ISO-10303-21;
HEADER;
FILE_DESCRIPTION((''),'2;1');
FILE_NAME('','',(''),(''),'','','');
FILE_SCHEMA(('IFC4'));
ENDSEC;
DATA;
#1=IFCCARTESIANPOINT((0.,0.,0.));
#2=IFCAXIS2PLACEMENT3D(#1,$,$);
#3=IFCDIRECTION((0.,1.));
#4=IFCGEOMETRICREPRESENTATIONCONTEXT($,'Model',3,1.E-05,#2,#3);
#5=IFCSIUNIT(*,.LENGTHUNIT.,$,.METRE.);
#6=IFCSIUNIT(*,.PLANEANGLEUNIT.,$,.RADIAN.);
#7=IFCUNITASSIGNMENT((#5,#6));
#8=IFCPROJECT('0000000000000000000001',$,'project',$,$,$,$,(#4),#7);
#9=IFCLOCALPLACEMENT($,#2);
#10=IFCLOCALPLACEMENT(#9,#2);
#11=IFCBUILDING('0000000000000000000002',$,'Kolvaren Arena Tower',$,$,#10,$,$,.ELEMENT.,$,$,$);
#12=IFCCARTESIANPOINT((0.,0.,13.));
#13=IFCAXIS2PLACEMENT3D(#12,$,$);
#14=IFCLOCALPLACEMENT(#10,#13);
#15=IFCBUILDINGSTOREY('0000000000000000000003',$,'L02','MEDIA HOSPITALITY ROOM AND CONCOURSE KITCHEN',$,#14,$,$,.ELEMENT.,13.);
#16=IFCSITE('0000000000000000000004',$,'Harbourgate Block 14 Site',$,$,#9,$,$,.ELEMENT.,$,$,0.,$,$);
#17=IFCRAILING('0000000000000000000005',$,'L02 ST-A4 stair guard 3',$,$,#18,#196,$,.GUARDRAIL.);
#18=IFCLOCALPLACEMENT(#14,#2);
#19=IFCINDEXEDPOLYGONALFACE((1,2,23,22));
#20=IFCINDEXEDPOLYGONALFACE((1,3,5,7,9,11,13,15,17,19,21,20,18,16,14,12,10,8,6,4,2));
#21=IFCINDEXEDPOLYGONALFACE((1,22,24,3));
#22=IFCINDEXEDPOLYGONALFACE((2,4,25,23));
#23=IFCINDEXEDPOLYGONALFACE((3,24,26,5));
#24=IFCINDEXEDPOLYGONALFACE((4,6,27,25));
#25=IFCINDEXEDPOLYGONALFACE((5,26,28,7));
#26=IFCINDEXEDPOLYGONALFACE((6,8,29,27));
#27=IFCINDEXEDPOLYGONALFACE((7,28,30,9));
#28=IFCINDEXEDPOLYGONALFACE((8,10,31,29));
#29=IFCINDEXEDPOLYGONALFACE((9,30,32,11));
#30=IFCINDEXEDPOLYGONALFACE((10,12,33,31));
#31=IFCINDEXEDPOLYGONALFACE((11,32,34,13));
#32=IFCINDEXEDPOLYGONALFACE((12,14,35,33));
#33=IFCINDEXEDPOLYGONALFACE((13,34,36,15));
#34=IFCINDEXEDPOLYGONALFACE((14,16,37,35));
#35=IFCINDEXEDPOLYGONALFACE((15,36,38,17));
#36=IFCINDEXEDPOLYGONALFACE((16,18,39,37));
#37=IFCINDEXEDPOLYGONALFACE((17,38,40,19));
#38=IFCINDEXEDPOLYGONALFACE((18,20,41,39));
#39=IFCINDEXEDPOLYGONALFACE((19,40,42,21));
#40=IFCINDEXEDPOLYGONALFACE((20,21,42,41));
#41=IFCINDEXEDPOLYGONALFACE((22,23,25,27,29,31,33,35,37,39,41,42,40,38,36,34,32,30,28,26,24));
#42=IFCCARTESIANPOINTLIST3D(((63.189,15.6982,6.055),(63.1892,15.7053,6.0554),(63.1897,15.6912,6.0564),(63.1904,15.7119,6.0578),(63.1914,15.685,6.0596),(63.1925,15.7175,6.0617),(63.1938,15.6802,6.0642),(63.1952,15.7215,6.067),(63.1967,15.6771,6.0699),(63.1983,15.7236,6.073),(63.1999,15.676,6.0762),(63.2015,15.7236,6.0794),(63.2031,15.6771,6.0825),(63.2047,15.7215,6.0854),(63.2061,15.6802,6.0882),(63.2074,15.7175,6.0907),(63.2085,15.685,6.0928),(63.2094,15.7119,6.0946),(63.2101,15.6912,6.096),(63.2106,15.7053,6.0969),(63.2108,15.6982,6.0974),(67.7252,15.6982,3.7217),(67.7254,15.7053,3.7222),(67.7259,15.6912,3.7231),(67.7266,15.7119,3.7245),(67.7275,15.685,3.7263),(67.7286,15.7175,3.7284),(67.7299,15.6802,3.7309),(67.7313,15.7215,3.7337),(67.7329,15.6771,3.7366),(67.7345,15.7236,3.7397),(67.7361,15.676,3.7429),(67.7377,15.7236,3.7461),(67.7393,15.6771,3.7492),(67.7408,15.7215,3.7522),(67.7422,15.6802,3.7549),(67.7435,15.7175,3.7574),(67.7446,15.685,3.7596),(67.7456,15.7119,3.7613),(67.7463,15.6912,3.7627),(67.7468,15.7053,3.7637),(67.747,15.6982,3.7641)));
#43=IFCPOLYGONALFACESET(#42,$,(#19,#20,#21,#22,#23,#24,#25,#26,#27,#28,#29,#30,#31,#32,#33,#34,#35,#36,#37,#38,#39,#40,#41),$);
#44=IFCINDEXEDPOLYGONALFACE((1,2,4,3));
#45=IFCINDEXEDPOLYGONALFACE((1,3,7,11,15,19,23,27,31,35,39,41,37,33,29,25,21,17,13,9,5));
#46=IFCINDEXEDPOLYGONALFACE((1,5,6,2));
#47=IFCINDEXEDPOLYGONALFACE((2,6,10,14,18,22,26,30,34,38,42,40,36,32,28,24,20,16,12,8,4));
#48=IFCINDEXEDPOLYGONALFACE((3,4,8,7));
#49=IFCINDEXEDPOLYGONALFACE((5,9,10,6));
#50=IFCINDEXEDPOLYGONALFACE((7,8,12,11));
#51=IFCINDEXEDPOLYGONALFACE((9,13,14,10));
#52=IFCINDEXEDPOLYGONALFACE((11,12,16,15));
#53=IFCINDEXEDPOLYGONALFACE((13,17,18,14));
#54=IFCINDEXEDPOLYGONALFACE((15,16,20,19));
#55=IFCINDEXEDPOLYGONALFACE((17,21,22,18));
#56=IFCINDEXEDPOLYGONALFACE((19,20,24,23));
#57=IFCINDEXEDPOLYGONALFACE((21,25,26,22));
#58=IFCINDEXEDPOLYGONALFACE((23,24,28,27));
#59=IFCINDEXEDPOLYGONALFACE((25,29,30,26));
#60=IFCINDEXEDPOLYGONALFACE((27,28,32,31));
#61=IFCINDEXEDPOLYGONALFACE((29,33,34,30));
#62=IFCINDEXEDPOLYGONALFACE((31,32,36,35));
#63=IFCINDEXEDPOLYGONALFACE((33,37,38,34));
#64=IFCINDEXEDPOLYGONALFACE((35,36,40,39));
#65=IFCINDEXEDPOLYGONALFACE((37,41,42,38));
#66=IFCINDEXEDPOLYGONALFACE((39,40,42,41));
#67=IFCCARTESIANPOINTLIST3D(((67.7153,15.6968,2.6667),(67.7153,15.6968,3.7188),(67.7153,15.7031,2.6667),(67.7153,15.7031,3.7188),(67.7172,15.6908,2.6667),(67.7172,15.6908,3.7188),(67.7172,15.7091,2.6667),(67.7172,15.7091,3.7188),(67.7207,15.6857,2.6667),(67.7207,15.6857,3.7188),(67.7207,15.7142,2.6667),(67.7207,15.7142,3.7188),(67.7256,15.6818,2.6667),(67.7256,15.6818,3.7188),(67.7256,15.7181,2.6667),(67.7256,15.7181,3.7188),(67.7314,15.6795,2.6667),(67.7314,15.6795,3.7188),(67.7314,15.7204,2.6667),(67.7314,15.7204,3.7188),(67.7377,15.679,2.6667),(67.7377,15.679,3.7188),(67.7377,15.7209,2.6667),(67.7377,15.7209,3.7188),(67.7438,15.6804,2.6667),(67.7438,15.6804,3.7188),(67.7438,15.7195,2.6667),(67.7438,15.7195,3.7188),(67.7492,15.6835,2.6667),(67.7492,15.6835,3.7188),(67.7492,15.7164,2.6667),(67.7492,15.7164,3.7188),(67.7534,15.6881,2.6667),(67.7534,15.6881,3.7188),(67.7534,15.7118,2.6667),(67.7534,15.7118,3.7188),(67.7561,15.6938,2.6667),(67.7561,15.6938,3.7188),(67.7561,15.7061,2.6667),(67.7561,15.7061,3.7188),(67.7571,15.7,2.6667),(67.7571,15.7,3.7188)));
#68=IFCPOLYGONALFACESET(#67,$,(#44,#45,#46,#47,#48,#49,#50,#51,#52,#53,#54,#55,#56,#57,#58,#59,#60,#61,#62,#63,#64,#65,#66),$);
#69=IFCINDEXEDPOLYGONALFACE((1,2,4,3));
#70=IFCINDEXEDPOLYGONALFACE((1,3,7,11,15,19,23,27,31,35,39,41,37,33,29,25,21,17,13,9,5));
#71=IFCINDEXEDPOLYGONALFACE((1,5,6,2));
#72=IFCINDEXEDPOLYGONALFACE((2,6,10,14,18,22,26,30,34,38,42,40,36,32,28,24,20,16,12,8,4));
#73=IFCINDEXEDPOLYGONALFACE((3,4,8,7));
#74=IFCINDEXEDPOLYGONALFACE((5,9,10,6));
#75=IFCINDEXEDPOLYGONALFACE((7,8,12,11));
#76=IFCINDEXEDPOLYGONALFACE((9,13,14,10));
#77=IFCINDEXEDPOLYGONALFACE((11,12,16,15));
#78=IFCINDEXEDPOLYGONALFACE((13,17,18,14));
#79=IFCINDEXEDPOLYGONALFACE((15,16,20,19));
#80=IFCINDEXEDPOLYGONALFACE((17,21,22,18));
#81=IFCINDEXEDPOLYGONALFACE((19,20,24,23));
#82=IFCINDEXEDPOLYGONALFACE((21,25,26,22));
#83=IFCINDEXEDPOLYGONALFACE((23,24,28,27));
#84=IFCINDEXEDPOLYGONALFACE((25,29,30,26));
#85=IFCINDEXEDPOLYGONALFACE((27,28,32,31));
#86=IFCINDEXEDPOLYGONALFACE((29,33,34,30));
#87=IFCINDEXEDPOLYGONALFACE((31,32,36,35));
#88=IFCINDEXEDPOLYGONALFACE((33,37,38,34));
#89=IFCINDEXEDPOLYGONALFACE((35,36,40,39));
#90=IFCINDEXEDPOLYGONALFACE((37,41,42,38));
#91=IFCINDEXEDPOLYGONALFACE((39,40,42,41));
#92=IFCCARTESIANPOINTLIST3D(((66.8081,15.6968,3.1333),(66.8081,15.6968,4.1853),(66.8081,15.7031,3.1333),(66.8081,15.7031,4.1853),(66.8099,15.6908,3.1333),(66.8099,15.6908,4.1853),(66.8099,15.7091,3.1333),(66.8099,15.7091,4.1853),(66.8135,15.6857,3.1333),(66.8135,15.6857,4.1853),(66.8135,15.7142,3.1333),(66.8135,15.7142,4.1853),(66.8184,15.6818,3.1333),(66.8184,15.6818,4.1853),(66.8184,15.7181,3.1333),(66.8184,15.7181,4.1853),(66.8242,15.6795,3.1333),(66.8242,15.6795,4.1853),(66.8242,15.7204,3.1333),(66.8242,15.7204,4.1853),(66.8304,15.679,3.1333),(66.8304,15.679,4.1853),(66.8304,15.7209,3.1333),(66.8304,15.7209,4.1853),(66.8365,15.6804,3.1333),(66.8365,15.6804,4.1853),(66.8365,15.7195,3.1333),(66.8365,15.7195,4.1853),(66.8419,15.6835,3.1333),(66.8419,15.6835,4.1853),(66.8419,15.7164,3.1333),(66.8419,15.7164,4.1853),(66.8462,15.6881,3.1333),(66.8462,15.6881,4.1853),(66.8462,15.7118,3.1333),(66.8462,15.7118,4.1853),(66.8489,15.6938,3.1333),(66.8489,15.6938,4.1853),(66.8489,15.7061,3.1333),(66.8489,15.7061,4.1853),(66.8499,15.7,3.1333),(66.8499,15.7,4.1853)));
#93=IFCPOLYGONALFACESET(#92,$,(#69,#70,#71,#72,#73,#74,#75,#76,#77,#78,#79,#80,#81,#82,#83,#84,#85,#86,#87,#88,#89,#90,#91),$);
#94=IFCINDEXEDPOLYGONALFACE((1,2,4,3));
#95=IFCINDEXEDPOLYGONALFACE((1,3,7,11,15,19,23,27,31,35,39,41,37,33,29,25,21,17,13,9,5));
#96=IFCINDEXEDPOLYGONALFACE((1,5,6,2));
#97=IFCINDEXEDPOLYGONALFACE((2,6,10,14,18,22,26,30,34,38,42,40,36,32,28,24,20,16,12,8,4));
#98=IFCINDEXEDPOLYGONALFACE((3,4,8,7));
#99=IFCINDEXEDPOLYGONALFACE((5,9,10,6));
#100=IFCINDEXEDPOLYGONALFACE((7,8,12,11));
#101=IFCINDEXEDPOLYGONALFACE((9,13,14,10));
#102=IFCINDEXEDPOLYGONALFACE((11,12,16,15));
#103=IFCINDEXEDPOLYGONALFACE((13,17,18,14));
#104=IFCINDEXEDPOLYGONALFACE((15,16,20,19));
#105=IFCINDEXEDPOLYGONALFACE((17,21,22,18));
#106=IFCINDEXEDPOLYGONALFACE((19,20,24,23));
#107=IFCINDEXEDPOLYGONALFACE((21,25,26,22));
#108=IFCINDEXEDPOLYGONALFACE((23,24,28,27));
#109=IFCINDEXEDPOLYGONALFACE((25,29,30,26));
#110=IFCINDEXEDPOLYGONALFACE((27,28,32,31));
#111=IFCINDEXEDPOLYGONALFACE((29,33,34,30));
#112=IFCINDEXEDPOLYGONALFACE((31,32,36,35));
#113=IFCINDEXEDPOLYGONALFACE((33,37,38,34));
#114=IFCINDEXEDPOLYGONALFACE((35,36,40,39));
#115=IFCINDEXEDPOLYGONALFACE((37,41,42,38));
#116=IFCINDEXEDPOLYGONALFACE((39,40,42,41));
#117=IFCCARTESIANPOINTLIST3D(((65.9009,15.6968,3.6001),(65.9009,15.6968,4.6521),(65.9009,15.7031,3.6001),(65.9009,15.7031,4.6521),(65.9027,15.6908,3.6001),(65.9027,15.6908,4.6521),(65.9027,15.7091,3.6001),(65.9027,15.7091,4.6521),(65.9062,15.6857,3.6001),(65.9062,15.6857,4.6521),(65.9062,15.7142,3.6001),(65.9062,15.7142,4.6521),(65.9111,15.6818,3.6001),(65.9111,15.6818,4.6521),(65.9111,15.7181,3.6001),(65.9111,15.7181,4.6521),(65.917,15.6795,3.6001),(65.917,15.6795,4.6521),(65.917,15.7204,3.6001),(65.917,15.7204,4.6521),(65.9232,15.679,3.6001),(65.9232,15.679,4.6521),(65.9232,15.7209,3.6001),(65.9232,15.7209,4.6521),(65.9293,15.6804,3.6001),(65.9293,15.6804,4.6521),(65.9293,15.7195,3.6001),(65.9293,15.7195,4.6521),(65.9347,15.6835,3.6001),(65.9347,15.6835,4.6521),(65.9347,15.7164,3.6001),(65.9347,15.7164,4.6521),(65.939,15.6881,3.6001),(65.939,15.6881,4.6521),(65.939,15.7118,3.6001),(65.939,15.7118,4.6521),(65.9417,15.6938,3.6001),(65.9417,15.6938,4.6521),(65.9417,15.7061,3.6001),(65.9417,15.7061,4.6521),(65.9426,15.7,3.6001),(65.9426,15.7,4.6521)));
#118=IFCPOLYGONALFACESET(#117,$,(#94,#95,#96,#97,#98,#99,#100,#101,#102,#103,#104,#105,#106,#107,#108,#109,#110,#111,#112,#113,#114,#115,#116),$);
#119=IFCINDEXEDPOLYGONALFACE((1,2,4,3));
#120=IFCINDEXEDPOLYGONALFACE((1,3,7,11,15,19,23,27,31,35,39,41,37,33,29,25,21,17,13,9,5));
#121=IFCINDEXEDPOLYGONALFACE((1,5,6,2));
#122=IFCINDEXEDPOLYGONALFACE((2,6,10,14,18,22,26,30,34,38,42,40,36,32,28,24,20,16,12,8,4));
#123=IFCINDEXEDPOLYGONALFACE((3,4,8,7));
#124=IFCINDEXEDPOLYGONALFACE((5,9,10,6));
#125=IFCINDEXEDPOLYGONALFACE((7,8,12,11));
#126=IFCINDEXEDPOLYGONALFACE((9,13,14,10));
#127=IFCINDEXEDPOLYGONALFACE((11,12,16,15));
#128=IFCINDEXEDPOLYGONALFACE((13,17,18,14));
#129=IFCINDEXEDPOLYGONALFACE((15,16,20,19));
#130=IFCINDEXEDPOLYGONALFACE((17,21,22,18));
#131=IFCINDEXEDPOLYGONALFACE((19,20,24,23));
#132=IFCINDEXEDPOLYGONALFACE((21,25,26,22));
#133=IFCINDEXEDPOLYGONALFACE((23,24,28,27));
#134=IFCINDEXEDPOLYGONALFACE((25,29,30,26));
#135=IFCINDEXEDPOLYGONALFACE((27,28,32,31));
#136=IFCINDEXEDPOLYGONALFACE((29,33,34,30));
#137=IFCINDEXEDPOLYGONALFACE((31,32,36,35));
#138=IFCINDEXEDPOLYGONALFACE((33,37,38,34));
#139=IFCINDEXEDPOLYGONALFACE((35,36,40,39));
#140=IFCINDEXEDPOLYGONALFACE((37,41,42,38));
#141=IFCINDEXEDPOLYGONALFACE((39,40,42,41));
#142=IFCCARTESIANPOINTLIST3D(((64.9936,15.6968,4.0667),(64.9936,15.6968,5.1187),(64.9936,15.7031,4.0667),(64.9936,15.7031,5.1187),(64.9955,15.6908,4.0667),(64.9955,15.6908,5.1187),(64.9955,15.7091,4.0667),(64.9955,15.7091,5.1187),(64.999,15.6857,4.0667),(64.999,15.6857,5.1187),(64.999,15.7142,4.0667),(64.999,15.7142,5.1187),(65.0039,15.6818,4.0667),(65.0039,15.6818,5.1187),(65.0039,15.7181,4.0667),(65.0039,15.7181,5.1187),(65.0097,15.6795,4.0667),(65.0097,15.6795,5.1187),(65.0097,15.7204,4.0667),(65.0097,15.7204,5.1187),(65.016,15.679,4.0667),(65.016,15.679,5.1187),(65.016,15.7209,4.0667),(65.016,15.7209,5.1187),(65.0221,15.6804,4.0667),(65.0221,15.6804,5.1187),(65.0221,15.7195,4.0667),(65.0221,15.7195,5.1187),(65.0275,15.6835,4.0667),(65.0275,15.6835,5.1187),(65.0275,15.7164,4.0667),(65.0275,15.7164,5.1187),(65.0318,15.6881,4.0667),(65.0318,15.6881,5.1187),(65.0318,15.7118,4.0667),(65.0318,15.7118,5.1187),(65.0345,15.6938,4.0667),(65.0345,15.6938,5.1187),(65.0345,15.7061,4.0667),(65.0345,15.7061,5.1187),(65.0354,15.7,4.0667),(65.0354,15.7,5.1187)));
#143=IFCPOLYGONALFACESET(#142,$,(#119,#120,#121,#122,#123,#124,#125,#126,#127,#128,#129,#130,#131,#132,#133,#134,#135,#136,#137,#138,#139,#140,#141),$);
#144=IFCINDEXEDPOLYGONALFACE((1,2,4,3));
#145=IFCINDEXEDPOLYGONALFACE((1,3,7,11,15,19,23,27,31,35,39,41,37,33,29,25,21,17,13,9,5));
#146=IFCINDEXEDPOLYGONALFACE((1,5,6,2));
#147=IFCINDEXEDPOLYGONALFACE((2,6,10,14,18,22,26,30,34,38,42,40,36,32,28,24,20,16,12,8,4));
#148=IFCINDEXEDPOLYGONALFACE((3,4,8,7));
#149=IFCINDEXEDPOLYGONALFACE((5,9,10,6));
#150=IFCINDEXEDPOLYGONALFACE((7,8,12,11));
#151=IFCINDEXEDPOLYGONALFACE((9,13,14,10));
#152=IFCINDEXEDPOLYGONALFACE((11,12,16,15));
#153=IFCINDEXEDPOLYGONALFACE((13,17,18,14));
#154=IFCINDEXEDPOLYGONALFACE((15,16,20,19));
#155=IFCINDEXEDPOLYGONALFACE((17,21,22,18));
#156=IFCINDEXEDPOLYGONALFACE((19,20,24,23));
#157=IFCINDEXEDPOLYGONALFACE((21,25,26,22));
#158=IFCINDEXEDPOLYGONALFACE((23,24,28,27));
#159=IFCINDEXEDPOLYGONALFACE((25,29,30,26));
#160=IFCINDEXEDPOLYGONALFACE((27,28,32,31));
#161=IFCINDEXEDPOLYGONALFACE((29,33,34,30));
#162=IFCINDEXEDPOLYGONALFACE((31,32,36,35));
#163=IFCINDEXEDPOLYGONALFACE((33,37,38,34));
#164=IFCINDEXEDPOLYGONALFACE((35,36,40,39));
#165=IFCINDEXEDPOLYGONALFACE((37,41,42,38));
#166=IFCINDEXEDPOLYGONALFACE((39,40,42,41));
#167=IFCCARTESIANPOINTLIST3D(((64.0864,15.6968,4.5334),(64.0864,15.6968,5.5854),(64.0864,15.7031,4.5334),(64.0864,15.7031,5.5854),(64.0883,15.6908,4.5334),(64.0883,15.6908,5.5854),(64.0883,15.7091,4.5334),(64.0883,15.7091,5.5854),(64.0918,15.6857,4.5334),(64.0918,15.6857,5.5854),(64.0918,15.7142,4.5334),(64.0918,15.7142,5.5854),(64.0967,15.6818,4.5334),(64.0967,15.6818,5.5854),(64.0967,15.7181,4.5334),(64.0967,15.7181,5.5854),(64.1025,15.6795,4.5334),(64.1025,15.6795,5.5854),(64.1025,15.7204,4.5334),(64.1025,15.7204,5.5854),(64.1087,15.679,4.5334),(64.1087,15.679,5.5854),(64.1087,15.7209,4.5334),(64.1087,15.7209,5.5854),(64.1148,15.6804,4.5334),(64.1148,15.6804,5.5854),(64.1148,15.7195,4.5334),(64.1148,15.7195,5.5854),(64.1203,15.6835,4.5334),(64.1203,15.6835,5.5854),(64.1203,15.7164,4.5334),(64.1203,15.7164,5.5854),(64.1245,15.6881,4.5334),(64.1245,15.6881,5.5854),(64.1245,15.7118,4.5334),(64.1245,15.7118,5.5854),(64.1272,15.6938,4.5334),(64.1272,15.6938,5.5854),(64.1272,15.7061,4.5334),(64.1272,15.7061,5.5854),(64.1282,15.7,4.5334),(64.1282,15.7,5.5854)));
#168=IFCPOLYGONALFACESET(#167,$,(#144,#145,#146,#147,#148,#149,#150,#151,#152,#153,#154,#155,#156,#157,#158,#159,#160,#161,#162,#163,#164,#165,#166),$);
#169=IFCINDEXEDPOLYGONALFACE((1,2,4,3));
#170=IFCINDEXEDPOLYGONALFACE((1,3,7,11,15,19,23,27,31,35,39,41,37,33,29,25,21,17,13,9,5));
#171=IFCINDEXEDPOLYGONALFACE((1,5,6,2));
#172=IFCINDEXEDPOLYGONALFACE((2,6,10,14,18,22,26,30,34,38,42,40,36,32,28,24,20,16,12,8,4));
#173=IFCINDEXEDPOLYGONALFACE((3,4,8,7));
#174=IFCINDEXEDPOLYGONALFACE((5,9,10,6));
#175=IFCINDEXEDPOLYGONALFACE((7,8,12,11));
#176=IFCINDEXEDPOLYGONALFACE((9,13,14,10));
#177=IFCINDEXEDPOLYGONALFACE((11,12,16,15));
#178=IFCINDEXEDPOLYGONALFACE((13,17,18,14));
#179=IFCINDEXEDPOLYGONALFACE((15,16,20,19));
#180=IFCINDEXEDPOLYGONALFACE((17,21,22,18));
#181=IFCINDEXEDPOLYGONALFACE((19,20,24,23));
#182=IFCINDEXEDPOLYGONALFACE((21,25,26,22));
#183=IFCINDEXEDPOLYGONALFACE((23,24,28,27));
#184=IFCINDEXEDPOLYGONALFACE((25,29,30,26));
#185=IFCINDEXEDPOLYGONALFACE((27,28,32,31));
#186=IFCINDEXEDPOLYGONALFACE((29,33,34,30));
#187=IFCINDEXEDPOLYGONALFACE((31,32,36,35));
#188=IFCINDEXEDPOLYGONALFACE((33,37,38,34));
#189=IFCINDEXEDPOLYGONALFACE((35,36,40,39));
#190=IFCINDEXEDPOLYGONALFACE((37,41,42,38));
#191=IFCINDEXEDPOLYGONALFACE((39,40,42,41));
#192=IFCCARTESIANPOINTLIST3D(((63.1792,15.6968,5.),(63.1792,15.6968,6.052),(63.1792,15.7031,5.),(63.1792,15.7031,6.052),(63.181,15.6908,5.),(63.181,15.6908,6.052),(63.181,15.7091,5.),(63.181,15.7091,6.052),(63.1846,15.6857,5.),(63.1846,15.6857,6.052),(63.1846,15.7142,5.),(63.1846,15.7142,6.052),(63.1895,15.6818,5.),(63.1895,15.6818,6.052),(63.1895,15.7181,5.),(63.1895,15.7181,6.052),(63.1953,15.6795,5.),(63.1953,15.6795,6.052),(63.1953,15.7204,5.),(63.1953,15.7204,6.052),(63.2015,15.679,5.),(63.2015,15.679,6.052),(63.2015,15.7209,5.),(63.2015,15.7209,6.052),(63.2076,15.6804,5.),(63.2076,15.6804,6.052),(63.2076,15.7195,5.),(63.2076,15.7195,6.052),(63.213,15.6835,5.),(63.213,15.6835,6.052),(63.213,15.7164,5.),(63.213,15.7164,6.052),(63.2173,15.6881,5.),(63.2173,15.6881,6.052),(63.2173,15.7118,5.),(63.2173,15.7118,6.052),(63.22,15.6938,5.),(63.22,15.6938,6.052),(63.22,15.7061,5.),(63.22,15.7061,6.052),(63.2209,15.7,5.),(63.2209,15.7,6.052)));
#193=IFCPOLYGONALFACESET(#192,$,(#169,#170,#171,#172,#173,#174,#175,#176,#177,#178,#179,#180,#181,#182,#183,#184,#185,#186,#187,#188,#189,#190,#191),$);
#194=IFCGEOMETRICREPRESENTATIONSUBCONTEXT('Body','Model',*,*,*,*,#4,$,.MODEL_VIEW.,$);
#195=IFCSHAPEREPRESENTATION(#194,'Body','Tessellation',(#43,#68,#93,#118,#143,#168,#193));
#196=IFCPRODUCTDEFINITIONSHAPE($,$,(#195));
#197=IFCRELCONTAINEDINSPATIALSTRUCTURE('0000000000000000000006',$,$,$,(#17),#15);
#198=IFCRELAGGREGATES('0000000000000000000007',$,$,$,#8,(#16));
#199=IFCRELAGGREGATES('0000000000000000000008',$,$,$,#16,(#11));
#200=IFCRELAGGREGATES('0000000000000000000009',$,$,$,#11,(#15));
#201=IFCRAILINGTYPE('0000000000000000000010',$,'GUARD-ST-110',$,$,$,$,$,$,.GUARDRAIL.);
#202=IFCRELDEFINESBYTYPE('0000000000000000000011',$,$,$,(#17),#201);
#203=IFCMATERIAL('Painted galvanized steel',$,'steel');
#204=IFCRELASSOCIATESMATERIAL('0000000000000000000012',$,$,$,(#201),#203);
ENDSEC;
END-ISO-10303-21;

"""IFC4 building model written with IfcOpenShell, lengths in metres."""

from ifc_helpers import new_model, si_unit, direction, frame, origin, origin_2d, place, context, subcontext, project, spatial, circle, extrude, material, type_object, element, save


model = new_model("IFC4")

# Units and contexts
model_context = context("Model", 3, precision=1e-05, world=origin(), true_north=direction((0.0, 1.0)))
body_context = subcontext(model_context, "Body", "Model", "MODEL_VIEW")
ifc_project = project(units=[si_unit("LENGTHUNIT", "METRE"), si_unit("PLANEANGLEUNIT", "RADIAN")], contexts=[model_context])

# Site, building, storey
site_placement = place(None, origin())
site = spatial("IfcSite", under=ifc_project, at=site_placement, Name="Harbourgate Block 14 Site", CompositionType="ELEMENT", RefElevation=0.0)
building_placement = place(site_placement, origin())
building = spatial("IfcBuilding", under=site, at=building_placement, Name="Kolvaren Arena Tower", CompositionType="ELEMENT")
storey_placement = place(building_placement, frame((0.0, 0.0, 13.0)))
storey = spatial("IfcBuildingStorey", under=building, at=storey_placement, Name="L02", Description="MEDIA HOSPITALITY ROOM AND CONCOURSE KITCHEN", CompositionType="ELEMENT", Elevation=13.0)

# Railing
ifc_material_1 = material(Name="Painted galvanized steel", Category="steel")
railing_type_1 = type_object("IfcRailingType", Name="GUARD-ST-110", PredefinedType="GUARDRAIL", material=ifc_material_1)
railing_1_placement = place(storey_placement, frame((67.7361, 15.7, 2.6667)))
element("IfcRailing", 1, at=railing_1_placement, inside=storey, type_object=railing_type_1, Name="L02 ST-A4 stair guard 3", PredefinedType="GUARDRAIL", context=body_context, shape_type="SweptSolid", body=[
    extrude(circle(Radius=0.0239, at=origin_2d()), frame((0.0, 0.0, 1.0762), z_axis=(-0.889257, 0.0, 0.457407), x_axis=(0.0, -1.0, 0.0)), (0.0, 0.0, 1.0), 5.1011),
    extrude(circle(Radius=0.021, at=origin_2d()), origin(), (0.0, 0.0, 1.0), 1.052),
    extrude(circle(Radius=0.021, at=origin_2d()), frame((-0.9072, 0.0, 0.4666)), (0.0, 0.0, 1.0), 1.052),
    extrude(circle(Radius=0.021, at=origin_2d()), frame((-1.8145, 0.0, 0.9333)), (0.0, 0.0, 1.0), 1.052),
    extrude(circle(Radius=0.021, at=origin_2d()), frame((-2.7217, 0.0, 1.3999)), (0.0, 0.0, 1.0), 1.052),
    extrude(circle(Radius=0.021, at=origin_2d()), frame((-3.6289, 0.0, 1.8667)), (0.0, 0.0, 1.0), 1.052),
    extrude(circle(Radius=0.021, at=origin_2d()), frame((-4.5361, 0.0, 2.3333)), (0.0, 0.0, 1.0), 1.052),
])

save(model, "model.ifc")
